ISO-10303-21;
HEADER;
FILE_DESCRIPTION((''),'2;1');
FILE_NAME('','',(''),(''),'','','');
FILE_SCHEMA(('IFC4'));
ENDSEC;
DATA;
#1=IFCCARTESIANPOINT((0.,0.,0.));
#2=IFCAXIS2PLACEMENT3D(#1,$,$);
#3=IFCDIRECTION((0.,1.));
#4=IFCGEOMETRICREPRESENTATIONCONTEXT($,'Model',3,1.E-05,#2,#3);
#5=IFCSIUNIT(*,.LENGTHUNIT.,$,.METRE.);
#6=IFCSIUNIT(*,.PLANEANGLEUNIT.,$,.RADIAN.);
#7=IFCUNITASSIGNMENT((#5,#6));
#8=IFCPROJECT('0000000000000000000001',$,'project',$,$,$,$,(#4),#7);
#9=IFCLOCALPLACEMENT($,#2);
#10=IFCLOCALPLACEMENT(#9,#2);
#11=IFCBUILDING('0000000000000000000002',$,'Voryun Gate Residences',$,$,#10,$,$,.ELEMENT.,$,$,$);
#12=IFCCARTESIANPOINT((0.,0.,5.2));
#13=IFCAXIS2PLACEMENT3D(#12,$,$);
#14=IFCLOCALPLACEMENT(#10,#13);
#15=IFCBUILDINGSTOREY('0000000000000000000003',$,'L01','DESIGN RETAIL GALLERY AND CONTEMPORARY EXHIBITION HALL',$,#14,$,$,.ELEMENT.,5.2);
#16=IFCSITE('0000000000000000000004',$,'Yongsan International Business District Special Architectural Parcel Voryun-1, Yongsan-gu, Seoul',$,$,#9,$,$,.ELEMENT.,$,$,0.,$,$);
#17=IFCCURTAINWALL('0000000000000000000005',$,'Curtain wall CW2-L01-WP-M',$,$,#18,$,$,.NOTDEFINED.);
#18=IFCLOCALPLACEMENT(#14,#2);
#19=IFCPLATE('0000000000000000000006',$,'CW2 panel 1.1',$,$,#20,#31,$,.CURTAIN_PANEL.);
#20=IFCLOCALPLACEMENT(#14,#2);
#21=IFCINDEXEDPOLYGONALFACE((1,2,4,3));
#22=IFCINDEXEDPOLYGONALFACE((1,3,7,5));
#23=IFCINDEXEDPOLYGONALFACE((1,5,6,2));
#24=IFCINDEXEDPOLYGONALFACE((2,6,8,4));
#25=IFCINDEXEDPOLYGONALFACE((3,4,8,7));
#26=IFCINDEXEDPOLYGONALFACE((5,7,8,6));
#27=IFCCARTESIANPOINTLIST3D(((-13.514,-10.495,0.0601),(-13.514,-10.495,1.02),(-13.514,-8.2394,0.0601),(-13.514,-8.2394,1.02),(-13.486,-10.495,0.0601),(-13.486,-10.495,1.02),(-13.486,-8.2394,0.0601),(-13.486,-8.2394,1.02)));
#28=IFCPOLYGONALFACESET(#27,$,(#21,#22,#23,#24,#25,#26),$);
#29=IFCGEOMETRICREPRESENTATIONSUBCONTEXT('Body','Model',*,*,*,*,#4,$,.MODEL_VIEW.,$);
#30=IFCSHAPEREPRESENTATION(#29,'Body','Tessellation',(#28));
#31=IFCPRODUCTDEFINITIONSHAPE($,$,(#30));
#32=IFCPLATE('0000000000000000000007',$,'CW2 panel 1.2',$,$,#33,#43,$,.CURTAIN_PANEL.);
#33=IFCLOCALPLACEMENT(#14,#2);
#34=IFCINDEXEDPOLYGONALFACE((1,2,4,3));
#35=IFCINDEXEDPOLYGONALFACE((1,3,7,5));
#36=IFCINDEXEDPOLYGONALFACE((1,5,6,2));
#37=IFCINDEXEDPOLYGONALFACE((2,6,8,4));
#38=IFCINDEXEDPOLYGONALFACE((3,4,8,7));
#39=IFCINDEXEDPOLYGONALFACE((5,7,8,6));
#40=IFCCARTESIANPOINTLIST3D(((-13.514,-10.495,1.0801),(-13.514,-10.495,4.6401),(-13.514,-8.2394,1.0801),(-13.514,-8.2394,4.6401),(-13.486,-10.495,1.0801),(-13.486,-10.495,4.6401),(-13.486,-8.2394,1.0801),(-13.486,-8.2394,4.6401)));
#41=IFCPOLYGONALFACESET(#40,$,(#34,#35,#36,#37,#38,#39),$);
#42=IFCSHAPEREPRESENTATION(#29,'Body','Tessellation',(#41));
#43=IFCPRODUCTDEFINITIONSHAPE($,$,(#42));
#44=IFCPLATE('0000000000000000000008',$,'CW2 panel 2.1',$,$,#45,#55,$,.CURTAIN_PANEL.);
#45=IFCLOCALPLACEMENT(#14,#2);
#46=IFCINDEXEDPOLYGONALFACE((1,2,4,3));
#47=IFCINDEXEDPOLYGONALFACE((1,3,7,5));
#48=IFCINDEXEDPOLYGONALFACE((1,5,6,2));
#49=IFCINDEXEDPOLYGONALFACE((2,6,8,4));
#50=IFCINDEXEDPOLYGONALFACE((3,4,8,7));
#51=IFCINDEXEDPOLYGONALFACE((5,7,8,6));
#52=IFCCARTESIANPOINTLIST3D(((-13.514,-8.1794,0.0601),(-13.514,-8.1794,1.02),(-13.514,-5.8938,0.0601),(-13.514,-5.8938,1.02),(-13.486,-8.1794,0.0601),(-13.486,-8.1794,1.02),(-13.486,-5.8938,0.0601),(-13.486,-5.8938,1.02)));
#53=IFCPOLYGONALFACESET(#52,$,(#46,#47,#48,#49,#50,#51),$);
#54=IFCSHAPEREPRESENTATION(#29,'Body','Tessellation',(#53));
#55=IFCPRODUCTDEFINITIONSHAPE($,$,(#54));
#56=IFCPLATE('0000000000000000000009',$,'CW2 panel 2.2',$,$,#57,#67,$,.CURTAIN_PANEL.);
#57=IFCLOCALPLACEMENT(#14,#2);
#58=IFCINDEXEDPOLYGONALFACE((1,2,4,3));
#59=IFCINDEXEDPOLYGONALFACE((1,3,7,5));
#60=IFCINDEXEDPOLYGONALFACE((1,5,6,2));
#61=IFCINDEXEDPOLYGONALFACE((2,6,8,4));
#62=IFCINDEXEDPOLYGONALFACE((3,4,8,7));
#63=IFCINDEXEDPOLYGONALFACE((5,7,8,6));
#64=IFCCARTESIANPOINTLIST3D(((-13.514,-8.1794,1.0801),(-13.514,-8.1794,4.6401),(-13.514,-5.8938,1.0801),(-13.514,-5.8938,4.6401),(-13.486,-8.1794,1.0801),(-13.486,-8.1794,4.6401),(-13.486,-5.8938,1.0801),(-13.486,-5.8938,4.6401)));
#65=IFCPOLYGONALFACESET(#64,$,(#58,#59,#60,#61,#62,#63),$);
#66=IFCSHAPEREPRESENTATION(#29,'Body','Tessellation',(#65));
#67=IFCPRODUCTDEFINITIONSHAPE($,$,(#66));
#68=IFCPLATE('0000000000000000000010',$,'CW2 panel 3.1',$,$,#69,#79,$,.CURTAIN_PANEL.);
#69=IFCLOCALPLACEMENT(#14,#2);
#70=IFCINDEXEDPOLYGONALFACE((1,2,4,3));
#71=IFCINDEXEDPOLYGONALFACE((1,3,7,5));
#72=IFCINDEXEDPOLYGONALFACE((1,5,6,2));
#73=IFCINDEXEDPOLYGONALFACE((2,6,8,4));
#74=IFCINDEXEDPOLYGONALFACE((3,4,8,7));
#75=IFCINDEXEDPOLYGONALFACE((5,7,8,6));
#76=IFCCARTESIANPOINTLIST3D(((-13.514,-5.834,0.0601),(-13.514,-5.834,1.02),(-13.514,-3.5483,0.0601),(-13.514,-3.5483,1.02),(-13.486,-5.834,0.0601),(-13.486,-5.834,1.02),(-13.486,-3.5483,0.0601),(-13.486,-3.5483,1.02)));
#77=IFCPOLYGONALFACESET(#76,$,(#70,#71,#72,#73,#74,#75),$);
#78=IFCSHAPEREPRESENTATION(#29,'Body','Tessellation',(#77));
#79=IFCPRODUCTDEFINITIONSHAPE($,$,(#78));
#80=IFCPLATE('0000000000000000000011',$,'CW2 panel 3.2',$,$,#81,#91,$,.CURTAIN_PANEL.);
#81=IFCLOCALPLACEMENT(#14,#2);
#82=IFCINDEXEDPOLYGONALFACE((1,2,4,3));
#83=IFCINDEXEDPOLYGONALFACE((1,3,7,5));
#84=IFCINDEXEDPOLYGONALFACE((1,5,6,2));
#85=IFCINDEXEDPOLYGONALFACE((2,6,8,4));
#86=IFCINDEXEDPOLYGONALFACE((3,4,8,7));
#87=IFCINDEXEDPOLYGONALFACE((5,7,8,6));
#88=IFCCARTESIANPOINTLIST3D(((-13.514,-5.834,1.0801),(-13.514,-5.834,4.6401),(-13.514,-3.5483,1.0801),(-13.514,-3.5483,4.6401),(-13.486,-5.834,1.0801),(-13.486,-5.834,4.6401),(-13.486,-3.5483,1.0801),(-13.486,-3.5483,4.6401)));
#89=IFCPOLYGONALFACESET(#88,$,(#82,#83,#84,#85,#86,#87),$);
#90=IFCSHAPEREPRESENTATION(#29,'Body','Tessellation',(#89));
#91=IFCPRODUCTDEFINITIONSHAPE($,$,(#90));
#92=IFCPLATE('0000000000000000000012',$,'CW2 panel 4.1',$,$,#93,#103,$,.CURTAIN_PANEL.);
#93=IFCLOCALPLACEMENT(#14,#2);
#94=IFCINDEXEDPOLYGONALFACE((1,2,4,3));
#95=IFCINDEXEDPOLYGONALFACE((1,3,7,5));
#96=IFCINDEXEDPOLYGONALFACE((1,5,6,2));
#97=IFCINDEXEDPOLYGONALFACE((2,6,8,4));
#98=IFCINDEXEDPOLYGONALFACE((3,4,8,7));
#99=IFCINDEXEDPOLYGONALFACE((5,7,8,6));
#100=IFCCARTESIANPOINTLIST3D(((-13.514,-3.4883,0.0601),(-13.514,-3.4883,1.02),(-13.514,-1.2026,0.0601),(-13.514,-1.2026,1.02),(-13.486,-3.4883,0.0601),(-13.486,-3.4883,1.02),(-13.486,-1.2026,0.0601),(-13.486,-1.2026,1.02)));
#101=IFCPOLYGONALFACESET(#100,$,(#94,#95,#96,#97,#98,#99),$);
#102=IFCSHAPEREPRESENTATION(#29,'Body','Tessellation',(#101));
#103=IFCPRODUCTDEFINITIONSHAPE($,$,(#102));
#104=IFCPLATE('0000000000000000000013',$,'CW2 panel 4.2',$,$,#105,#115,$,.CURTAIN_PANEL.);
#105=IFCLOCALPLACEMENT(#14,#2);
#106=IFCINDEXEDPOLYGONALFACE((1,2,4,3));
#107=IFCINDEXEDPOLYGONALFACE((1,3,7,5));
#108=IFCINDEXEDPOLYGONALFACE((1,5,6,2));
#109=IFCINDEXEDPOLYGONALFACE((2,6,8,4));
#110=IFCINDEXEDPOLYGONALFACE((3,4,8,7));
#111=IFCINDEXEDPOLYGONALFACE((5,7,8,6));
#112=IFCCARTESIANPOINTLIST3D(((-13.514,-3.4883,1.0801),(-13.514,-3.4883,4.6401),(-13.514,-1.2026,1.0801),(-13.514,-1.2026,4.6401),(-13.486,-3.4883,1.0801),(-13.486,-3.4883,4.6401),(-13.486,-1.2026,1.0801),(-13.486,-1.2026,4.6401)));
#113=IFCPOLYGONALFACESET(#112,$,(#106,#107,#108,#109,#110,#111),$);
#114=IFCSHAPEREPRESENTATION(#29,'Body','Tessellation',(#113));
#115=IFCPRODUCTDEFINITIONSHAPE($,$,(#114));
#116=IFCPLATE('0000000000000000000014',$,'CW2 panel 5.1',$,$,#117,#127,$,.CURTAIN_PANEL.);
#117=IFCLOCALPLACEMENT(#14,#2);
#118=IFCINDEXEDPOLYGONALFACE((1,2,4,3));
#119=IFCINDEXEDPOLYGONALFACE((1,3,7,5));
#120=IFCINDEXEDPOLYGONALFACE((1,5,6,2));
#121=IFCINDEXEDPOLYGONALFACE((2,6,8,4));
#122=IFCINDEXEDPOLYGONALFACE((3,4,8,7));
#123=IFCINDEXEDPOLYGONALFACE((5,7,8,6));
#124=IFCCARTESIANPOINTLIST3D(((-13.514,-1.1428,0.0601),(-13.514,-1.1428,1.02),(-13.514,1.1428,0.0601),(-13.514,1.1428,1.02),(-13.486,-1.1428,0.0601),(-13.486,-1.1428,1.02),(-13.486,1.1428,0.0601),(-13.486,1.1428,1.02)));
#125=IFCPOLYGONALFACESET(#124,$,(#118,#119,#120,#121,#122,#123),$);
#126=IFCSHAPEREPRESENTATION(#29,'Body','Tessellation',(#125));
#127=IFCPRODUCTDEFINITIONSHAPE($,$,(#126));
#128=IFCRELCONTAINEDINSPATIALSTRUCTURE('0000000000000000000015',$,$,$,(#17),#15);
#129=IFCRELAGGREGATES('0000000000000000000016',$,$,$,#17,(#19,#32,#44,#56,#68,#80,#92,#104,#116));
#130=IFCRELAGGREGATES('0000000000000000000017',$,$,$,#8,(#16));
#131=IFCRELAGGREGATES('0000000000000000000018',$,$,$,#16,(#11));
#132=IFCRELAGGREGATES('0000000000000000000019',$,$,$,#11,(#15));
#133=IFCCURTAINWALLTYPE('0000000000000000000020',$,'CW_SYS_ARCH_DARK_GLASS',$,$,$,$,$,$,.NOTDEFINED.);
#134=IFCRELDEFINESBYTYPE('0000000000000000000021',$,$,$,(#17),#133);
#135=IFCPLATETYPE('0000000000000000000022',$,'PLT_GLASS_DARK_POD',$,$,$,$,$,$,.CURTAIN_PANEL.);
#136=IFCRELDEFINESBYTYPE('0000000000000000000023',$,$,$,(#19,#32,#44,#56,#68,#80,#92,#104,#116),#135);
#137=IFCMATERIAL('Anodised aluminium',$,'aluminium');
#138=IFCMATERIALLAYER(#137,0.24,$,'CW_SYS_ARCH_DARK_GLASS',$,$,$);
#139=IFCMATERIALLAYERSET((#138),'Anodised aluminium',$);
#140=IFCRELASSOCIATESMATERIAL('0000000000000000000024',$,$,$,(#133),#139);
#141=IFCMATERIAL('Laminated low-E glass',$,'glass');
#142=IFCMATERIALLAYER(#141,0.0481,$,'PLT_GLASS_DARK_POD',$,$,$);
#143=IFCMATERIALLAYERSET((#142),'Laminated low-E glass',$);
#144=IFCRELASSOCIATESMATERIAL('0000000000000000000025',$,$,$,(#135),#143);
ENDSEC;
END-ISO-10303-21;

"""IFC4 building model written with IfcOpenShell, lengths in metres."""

from ifc_helpers import new_model, si_unit, direction, frame, origin, origin_2d, place, context, subcontext, project, spatial, rectangle, extrude, material, layer, layer_set, type_object, element, aggregate, save


model = new_model("IFC4")

# Units and contexts
model_context = context("Model", 3, precision=1e-05, world=origin(), true_north=direction((0.0, 1.0)))
body_context = subcontext(model_context, "Body", "Model", "MODEL_VIEW")
ifc_project = project(units=[si_unit("LENGTHUNIT", "METRE"), si_unit("PLANEANGLEUNIT", "RADIAN")], contexts=[model_context])

# Site, building, storey
site_placement = place(None, origin())
site = spatial("IfcSite", under=ifc_project, at=site_placement, Name="Yongsan International Business District Special Architectural Parcel Voryun-1, Yongsan-gu, Seoul", CompositionType="ELEMENT", RefElevation=0.0)
building_placement = place(site_placement, origin())
building = spatial("IfcBuilding", under=site, at=building_placement, Name="Voryun Gate Residences", CompositionType="ELEMENT")
storey_placement = place(building_placement, frame((0.0, 0.0, 5.2)))
storey = spatial("IfcBuildingStorey", under=building, at=storey_placement, Name="L01", Description="DESIGN RETAIL GALLERY AND CONTEMPORARY EXHIBITION HALL", CompositionType="ELEMENT", Elevation=5.2)

# Curtain wall
ifc_material_1 = material(Name="Anodised aluminium", Category="aluminium")
ifc_layer_1 = layer(ifc_material_1, 0.24, Name="CW_SYS_ARCH_DARK_GLASS")
ifc_layer_set_1 = layer_set([ifc_layer_1], Name="Anodised aluminium")
curtain_wall_type = type_object("IfcCurtainWallType", Name="CW_SYS_ARCH_DARK_GLASS", PredefinedType="NOTDEFINED", material=ifc_layer_set_1)
curtain_wall_1_placement = place(storey_placement, origin())
curtain_wall_1 = element("IfcCurtainWall", 1, at=curtain_wall_1_placement, inside=storey, type_object=curtain_wall_type, Name="Curtain wall CW2-L01-WP-M", PredefinedType="NOTDEFINED")

# Shared definitions
ifc_material_2 = material(Name="Laminated low-E glass", Category="glass")
ifc_layer_2 = layer(ifc_material_2, 0.0481, Name="PLT_GLASS_DARK_POD")
ifc_layer_set_2 = layer_set([ifc_layer_2], Name="Laminated low-E glass")
plate_type = type_object("IfcPlateType", Name="PLT_GLASS_DARK_POD", PredefinedType="CURTAIN_PANEL", material=ifc_layer_set_2)

# Plates
plate_1_placement = place(storey_placement, frame((-13.5, -9.3672, 0.0601), z_axis=(0.0, 0.0, 1.0), x_axis=(0.0, 1.0, 0.0)))
plate_1 = element("IfcPlate", 2, at=plate_1_placement, type_object=plate_type, Name="CW2 panel 1.1", PredefinedType="CURTAIN_PANEL", context=body_context, shape_type="SweptSolid", body=[
    extrude(rectangle(XDim=2.2556, YDim=0.0281, at=origin_2d()), origin(), (0.0, 0.0, 1.0), 0.96),
])
plate_2_placement = place(storey_placement, frame((-13.5, -9.3672, 1.0801), z_axis=(0.0, 0.0, 1.0), x_axis=(0.0, 1.0, 0.0)))
plate_2 = element("IfcPlate", 3, at=plate_2_placement, type_object=plate_type, Name="CW2 panel 1.2", PredefinedType="CURTAIN_PANEL", context=body_context, shape_type="SweptSolid", body=[
    extrude(rectangle(XDim=2.2556, YDim=0.0281, at=origin_2d()), origin(), (0.0, 0.0, 1.0), 3.5601),
])
plate_3_placement = place(storey_placement, frame((-13.5, -7.0366, 0.0601), z_axis=(0.0, 0.0, 1.0), x_axis=(0.0, 1.0, 0.0)))
plate_3 = element("IfcPlate", 4, at=plate_3_placement, type_object=plate_type, Name="CW2 panel 2.1", PredefinedType="CURTAIN_PANEL", context=body_context, shape_type="SweptSolid", body=[
    extrude(rectangle(XDim=2.2856, YDim=0.0281, at=origin_2d()), origin(), (0.0, 0.0, 1.0), 0.96),
])
plate_4_placement = place(storey_placement, frame((-13.5, -7.0366, 1.0801), z_axis=(0.0, 0.0, 1.0), x_axis=(0.0, 1.0, 0.0)))
plate_4 = element("IfcPlate", 5, at=plate_4_placement, type_object=plate_type, Name="CW2 panel 2.2", PredefinedType="CURTAIN_PANEL", context=body_context, shape_type="SweptSolid", body=[
    extrude(rectangle(XDim=2.2856, YDim=0.0281, at=origin_2d()), origin(), (0.0, 0.0, 1.0), 3.5601),
])
plate_5_placement = place(storey_placement, frame((-13.5, -4.6912, 0.0601), z_axis=(0.0, 0.0, 1.0), x_axis=(0.0, 1.0, 0.0)))
plate_5 = element("IfcPlate", 6, at=plate_5_placement, type_object=plate_type, Name="CW2 panel 3.1", PredefinedType="CURTAIN_PANEL", context=body_context, shape_type="SweptSolid", body=[
    extrude(rectangle(XDim=2.2856, YDim=0.0281, at=origin_2d()), origin(), (0.0, 0.0, 1.0), 0.96),
])
plate_6_placement = place(storey_placement, frame((-13.5, -4.6912, 1.0801), z_axis=(0.0, 0.0, 1.0), x_axis=(0.0, 1.0, 0.0)))
plate_6 = element("IfcPlate", 7, at=plate_6_placement, type_object=plate_type, Name="CW2 panel 3.2", PredefinedType="CURTAIN_PANEL", context=body_context, shape_type="SweptSolid", body=[
    extrude(rectangle(XDim=2.2856, YDim=0.0281, at=origin_2d()), origin(), (0.0, 0.0, 1.0), 3.5601),
])
plate_7_placement = place(storey_placement, frame((-13.5, -2.3455, 0.0601), z_axis=(0.0, 0.0, 1.0), x_axis=(0.0, 1.0, 0.0)))
plate_7 = element("IfcPlate", 8, at=plate_7_placement, type_object=plate_type, Name="CW2 panel 4.1", PredefinedType="CURTAIN_PANEL", context=body_context, shape_type="SweptSolid", body=[
    extrude(rectangle(XDim=2.2856, YDim=0.0281, at=origin_2d()), origin(), (0.0, 0.0, 1.0), 0.96),
])
plate_8_placement = place(storey_placement, frame((-13.5, -2.3455, 1.0801), z_axis=(0.0, 0.0, 1.0), x_axis=(0.0, 1.0, 0.0)))
plate_8 = element("IfcPlate", 9, at=plate_8_placement, type_object=plate_type, Name="CW2 panel 4.2", PredefinedType="CURTAIN_PANEL", context=body_context, shape_type="SweptSolid", body=[
    extrude(rectangle(XDim=2.2856, YDim=0.0281, at=origin_2d()), origin(), (0.0, 0.0, 1.0), 3.5601),
])
plate_9_placement = place(storey_placement, frame((-13.5, 0.0, 0.0601), z_axis=(0.0, 0.0, 1.0), x_axis=(0.0, 1.0, 0.0)))
plate_9 = element("IfcPlate", 10, at=plate_9_placement, type_object=plate_type, Name="CW2 panel 5.1", PredefinedType="CURTAIN_PANEL", context=body_context, shape_type="SweptSolid", body=[
    extrude(rectangle(XDim=2.2856, YDim=0.0281, at=origin_2d()), origin(), (0.0, 0.0, 1.0), 0.96),
])
aggregate(curtain_wall_1, [plate_1, plate_2, plate_3, plate_4, plate_5, plate_6, plate_7, plate_8, plate_9])

save(model, "model.ifc")
